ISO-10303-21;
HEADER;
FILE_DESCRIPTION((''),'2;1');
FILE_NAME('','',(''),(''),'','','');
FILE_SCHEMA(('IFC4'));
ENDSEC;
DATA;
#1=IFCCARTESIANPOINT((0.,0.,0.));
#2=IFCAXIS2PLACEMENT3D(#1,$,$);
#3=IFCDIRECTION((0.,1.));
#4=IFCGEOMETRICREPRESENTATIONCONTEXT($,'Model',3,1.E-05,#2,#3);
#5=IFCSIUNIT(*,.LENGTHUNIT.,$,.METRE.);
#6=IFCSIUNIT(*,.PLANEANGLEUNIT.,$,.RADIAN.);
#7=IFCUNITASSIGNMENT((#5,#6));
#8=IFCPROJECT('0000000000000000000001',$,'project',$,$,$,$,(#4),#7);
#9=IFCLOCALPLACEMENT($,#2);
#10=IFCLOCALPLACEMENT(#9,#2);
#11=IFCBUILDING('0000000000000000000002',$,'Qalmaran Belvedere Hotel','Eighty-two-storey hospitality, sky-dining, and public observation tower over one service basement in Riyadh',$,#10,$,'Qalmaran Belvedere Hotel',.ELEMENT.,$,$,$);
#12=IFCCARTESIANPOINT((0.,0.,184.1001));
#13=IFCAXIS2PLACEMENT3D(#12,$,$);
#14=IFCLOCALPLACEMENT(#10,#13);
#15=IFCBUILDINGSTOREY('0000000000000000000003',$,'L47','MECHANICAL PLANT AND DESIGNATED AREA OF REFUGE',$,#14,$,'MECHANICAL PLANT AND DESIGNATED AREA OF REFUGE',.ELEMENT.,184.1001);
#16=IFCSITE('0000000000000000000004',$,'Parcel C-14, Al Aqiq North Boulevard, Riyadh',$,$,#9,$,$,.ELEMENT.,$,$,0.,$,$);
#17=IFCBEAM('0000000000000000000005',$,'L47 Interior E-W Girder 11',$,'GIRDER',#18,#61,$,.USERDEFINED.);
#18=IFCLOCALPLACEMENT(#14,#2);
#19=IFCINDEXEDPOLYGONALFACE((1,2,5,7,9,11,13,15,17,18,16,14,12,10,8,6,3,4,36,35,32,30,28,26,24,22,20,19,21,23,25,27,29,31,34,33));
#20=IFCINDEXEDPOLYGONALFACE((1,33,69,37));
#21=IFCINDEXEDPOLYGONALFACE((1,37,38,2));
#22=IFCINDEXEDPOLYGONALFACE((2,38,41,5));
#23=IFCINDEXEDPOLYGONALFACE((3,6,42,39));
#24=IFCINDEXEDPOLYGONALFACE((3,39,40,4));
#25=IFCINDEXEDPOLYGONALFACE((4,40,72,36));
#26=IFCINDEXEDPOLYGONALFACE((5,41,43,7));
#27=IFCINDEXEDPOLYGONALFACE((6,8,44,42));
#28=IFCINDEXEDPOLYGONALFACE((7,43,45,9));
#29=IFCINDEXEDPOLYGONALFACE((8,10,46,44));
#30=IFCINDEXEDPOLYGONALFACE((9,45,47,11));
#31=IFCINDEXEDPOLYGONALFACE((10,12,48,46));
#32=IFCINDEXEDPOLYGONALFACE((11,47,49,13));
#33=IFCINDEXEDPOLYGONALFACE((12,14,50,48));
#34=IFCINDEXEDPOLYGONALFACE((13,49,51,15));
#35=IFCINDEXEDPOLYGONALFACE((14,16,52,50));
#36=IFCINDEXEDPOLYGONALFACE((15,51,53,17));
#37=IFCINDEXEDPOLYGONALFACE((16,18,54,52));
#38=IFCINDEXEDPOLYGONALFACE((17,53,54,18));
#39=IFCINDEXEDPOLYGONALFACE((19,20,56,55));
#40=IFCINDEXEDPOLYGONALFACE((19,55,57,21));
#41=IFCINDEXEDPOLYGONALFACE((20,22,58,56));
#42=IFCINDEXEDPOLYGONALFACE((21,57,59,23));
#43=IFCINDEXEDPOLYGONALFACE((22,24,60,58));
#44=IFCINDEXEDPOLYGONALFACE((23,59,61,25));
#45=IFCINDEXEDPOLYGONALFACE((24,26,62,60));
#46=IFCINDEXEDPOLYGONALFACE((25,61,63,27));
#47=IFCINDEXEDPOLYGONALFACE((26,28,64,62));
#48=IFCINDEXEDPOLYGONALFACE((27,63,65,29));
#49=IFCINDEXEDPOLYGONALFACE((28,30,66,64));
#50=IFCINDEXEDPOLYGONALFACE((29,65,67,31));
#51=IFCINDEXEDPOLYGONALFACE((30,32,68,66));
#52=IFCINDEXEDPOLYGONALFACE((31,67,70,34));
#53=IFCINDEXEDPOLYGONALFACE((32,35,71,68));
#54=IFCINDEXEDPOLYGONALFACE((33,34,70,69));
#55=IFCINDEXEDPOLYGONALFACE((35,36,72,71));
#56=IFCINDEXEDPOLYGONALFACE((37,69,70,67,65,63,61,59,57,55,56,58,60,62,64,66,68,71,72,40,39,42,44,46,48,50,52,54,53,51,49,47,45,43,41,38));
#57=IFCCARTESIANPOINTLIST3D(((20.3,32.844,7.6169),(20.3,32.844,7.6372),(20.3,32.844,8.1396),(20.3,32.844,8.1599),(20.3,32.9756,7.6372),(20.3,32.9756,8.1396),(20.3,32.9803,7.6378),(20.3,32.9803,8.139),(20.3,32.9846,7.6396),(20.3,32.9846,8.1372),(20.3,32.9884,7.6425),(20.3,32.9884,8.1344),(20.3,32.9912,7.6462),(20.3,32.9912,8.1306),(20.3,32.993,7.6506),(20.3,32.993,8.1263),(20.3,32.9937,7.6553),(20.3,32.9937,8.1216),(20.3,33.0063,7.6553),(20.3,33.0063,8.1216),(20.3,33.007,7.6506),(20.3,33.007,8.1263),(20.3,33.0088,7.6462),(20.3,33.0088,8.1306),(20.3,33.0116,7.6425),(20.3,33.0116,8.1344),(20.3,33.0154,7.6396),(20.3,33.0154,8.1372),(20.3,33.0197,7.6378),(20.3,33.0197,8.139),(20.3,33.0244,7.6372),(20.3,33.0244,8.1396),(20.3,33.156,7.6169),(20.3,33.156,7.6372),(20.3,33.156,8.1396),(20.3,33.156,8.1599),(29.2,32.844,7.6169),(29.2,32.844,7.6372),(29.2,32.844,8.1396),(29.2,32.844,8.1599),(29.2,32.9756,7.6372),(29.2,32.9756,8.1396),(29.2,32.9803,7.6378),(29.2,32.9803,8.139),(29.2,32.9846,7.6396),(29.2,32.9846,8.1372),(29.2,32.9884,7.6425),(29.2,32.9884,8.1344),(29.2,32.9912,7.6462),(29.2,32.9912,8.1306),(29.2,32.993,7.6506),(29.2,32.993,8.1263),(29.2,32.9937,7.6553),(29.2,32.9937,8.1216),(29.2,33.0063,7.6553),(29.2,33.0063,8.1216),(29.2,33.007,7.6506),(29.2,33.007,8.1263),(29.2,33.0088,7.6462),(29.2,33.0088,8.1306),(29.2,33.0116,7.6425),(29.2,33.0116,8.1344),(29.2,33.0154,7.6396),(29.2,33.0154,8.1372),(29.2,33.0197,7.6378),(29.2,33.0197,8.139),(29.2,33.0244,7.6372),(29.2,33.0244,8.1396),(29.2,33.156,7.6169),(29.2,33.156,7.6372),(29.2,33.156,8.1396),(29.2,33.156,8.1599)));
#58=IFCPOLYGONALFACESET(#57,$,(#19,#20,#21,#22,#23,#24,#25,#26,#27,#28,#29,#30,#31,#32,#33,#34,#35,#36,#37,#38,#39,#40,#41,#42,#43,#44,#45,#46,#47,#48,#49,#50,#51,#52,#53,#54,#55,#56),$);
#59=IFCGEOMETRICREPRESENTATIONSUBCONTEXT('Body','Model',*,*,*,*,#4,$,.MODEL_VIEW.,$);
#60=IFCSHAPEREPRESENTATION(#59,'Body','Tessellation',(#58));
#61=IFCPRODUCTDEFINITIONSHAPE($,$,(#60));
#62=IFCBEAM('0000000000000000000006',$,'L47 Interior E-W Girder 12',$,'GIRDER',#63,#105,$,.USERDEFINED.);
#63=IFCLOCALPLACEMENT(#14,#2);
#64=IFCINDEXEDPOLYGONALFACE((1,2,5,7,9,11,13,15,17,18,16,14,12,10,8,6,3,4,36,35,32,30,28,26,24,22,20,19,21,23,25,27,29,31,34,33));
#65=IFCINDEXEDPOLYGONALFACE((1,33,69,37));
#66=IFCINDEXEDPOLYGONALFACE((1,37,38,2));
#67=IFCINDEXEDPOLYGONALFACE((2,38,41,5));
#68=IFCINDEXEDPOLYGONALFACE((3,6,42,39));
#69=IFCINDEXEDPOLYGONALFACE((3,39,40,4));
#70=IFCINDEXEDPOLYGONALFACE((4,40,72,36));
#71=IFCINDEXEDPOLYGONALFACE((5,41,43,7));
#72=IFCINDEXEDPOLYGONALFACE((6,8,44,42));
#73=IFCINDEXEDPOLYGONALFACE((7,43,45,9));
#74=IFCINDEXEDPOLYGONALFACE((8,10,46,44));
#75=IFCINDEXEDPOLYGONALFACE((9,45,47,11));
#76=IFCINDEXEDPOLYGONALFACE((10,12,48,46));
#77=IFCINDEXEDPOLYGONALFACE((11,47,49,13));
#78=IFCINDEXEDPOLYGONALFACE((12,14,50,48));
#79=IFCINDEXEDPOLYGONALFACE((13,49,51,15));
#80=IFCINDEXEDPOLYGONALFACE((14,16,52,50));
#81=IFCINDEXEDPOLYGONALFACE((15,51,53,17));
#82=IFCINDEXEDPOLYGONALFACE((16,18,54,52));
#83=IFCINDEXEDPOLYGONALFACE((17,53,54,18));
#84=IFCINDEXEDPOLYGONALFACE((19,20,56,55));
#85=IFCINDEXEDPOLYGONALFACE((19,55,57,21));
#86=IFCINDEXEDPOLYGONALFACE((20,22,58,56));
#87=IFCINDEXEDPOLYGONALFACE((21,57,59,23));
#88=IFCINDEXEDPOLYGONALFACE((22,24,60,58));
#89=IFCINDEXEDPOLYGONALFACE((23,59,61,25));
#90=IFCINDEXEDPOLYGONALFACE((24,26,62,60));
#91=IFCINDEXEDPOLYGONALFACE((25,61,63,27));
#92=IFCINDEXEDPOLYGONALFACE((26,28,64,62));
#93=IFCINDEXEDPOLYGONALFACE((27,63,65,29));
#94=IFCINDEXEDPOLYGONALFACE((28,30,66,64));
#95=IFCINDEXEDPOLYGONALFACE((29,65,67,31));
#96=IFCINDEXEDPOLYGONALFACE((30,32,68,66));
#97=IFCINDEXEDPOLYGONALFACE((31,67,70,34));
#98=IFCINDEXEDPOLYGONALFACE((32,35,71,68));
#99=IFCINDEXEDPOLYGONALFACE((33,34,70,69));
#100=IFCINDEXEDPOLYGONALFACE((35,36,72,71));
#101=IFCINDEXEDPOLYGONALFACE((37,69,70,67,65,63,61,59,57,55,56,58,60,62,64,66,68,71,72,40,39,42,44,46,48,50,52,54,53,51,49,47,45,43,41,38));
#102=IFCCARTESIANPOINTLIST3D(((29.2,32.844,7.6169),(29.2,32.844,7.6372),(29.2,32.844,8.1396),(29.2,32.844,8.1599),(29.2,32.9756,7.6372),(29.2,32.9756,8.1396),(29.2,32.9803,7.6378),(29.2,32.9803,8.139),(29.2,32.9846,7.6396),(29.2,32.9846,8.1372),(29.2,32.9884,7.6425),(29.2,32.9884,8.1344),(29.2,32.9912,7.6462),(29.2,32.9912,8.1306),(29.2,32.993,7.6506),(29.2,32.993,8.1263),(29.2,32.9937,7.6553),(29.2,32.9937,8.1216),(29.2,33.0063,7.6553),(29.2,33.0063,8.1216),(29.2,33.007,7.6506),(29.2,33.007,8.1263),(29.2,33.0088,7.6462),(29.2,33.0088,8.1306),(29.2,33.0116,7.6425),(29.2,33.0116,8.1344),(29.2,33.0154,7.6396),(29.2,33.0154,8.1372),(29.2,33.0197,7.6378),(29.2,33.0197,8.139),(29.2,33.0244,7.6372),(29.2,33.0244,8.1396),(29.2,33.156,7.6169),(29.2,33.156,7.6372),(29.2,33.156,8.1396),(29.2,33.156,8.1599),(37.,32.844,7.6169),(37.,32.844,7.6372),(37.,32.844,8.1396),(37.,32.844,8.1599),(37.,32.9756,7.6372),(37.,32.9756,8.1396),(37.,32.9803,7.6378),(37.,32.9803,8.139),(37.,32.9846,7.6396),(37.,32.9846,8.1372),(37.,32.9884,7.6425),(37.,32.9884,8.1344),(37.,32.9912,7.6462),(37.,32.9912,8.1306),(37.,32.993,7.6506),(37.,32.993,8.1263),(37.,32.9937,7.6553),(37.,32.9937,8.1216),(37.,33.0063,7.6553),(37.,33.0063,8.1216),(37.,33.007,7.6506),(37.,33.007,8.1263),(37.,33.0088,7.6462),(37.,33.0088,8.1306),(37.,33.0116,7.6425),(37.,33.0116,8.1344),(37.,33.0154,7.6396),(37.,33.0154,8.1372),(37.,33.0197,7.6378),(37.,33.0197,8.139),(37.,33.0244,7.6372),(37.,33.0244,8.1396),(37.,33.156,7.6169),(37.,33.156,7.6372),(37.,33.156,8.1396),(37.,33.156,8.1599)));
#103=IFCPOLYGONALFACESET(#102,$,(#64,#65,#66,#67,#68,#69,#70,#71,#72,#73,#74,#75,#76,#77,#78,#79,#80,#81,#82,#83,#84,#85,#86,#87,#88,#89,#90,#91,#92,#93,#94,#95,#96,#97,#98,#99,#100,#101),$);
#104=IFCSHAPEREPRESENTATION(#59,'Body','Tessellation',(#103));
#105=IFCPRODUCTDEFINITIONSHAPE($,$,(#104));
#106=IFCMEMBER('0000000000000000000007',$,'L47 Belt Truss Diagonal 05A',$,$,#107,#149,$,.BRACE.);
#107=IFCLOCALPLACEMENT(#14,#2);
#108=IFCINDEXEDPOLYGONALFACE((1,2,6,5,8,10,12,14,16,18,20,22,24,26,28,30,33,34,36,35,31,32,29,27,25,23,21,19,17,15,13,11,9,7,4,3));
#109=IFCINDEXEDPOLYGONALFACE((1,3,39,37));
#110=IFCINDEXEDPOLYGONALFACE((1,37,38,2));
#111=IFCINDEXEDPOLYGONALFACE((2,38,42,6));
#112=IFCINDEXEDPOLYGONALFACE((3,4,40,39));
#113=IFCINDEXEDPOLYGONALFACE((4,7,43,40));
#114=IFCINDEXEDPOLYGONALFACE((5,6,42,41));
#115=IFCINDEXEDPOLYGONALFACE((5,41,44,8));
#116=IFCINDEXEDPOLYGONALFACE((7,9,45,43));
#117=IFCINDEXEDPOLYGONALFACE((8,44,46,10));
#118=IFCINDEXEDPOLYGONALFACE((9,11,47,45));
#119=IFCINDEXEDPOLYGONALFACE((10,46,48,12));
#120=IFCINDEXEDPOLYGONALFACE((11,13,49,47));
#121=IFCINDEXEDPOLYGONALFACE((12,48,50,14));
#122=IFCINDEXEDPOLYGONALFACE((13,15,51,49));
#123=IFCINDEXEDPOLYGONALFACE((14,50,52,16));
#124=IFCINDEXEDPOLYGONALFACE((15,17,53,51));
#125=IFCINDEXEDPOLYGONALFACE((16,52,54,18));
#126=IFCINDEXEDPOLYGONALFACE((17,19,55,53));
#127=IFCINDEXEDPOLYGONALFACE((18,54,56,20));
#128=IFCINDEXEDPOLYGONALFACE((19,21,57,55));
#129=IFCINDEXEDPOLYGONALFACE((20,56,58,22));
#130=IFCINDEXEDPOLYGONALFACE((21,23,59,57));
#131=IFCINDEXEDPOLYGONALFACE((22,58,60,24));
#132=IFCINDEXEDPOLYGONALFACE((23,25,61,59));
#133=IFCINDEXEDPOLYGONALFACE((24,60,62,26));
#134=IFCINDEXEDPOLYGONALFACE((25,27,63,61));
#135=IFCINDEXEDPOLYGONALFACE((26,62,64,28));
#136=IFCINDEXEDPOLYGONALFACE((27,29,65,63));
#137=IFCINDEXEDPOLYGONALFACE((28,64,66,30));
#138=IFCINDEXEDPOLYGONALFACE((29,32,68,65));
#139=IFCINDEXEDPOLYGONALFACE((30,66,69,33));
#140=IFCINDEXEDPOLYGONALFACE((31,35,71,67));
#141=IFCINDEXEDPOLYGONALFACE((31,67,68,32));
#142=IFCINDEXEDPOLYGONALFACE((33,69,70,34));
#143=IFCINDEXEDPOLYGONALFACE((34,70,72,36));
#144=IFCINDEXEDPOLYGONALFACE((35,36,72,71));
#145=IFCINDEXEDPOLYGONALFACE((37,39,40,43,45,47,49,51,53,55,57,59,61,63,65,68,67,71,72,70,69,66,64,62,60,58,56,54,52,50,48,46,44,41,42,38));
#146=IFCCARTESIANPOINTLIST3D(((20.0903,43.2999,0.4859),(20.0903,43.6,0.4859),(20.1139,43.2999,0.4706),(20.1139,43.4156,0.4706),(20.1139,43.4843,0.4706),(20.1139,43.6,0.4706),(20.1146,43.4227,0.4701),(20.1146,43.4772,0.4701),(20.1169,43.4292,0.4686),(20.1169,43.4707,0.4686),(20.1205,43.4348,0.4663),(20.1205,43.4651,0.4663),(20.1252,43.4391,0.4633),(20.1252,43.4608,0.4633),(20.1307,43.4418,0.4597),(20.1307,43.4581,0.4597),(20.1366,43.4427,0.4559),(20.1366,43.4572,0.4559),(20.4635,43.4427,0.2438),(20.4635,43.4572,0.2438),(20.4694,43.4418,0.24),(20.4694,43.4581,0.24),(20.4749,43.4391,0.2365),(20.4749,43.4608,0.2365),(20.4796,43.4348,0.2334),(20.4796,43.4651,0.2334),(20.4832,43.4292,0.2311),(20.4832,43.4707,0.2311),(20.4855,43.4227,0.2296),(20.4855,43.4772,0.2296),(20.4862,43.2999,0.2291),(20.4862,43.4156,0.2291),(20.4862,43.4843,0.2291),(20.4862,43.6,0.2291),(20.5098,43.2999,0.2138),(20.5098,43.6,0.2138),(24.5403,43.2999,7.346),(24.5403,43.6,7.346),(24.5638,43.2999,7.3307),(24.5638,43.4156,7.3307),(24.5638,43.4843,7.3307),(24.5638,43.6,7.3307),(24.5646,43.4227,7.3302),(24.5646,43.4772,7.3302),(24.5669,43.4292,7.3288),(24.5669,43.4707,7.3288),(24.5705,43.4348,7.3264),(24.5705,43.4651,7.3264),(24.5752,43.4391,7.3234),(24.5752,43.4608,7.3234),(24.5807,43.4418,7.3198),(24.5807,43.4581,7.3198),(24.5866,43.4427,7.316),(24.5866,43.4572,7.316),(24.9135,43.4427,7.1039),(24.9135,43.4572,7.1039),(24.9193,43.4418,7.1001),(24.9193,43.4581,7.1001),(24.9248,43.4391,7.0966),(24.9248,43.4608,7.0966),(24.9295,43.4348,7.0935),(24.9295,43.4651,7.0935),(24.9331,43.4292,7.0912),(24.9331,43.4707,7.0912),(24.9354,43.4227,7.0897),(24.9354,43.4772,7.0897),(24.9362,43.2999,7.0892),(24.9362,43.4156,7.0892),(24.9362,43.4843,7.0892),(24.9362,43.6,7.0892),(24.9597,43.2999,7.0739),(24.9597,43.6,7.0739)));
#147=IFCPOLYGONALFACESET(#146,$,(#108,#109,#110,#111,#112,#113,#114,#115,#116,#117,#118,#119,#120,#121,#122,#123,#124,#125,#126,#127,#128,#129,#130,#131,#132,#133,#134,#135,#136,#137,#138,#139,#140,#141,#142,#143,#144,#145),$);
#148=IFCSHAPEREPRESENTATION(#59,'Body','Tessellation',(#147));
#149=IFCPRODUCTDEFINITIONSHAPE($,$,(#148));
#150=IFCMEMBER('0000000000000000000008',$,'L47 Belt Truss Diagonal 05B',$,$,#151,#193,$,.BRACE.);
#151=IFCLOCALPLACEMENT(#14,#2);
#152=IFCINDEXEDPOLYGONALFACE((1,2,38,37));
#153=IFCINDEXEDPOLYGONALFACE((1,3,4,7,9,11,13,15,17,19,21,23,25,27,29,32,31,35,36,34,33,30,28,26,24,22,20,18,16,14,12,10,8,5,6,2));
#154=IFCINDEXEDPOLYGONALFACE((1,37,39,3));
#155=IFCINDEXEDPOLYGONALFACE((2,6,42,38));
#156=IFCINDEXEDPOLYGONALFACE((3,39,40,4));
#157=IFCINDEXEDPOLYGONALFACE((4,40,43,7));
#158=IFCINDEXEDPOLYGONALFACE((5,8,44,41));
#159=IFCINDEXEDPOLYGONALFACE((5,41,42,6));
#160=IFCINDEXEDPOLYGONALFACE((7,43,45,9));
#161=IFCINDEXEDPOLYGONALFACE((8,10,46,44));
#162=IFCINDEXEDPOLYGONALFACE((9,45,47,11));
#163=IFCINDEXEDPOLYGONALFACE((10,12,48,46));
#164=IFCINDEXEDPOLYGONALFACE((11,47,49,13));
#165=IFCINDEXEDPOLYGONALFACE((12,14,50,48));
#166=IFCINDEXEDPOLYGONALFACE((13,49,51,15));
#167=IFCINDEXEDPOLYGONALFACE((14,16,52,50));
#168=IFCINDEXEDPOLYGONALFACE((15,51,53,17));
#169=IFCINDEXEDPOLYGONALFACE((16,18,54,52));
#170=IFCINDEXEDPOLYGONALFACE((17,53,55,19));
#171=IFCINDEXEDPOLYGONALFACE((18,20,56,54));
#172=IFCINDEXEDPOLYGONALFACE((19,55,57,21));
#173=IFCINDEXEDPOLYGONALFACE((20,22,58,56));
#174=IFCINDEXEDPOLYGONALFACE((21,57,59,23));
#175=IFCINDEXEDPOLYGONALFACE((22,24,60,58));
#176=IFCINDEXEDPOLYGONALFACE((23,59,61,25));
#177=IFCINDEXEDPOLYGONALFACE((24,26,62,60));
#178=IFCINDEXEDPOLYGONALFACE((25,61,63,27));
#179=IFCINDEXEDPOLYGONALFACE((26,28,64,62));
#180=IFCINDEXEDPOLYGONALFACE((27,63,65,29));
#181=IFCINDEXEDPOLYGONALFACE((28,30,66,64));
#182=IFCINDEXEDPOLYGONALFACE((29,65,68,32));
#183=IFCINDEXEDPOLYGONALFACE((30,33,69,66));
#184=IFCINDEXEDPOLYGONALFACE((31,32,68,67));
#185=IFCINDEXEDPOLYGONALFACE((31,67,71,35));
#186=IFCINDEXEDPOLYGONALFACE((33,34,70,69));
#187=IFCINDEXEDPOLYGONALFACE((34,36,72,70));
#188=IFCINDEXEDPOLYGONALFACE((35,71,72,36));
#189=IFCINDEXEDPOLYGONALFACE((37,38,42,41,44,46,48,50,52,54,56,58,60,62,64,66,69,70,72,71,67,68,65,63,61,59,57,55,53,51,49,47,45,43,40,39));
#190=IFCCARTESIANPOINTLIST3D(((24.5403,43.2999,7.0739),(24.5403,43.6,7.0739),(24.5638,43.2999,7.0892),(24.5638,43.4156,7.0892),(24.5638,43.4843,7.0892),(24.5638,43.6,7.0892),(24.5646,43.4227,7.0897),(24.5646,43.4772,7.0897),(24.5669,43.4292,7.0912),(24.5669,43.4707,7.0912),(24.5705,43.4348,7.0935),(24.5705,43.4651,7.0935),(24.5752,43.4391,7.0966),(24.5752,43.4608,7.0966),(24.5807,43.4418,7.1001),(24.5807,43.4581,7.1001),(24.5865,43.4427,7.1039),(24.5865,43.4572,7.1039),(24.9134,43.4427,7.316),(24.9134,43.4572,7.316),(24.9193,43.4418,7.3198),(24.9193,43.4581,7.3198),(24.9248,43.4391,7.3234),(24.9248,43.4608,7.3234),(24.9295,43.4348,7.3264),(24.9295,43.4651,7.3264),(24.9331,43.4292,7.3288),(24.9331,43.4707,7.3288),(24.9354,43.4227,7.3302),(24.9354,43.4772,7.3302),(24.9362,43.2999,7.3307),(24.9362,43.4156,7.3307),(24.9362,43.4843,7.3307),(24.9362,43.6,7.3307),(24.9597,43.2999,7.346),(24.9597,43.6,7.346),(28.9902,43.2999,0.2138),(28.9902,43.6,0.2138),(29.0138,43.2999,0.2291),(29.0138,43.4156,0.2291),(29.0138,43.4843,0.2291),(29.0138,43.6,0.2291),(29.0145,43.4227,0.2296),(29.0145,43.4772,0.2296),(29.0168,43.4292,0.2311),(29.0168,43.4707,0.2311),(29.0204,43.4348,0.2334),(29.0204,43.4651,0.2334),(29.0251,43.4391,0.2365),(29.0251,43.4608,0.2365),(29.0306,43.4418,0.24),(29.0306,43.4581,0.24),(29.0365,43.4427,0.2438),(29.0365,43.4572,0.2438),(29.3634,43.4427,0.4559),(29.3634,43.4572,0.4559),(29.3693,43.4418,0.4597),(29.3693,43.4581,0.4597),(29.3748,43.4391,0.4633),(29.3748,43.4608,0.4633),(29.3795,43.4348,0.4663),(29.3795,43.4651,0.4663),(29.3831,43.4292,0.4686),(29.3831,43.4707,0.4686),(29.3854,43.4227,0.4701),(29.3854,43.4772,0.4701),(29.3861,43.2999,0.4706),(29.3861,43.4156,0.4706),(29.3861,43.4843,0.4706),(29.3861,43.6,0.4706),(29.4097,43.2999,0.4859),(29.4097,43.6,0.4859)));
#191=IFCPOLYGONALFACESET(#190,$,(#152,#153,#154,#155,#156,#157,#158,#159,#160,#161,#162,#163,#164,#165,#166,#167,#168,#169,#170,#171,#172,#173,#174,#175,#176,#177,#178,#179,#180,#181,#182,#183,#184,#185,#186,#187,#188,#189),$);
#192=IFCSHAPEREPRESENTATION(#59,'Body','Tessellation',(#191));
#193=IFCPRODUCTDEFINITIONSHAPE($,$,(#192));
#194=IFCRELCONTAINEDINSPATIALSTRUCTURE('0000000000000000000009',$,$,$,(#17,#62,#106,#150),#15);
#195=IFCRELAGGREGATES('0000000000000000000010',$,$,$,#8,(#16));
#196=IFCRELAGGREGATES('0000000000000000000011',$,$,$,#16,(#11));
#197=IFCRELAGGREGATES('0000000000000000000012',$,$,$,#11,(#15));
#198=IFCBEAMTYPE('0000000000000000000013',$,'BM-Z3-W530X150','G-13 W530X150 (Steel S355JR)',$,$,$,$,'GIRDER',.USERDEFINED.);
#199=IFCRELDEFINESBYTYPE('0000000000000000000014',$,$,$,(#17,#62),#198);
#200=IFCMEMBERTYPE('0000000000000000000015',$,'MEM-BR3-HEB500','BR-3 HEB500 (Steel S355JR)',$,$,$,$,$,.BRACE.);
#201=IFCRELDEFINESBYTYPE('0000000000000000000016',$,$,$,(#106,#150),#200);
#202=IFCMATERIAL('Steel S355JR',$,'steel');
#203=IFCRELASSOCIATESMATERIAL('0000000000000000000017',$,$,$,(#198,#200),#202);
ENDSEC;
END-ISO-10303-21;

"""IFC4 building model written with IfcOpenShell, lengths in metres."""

from ifc_helpers import new_model, si_unit, direction, frame, origin, origin_2d, place, context, subcontext, project, spatial, i_section, extrude, material, material_profile, profile_set, type_object, element, save


model = new_model("IFC4")

# Units and contexts
model_context = context("Model", 3, precision=1e-05, world=origin(), true_north=direction((0.0, 1.0)))
body_context = subcontext(model_context, "Body", "Model", "MODEL_VIEW")
ifc_project = project(units=[si_unit("LENGTHUNIT", "METRE"), si_unit("PLANEANGLEUNIT", "RADIAN")], contexts=[model_context])

# Site, building, storey
site_placement = place(None, origin())
site = spatial("IfcSite", under=ifc_project, at=site_placement, Name="Parcel C-14, Al Aqiq North Boulevard, Riyadh", CompositionType="ELEMENT", RefElevation=0.0)
building_placement = place(site_placement, origin())
building = spatial("IfcBuilding", under=site, at=building_placement, Name="Qalmaran Belvedere Hotel", Description="Eighty-two-storey hospitality, sky-dining, and public observation tower over one service basement in Riyadh", LongName="Qalmaran Belvedere Hotel", CompositionType="ELEMENT")
storey_placement = place(building_placement, frame((0.0, 0.0, 184.1001)))
storey = spatial("IfcBuildingStorey", under=building, at=storey_placement, Name="L47", Description="MECHANICAL PLANT AND DESIGNATED AREA OF REFUGE", LongName="MECHANICAL PLANT AND DESIGNATED AREA OF REFUGE", CompositionType="ELEMENT", Elevation=184.1001)

# Beams
ifc_material_1 = material(Name="Steel S355JR", Category="steel")
ifc_material_profile_1 = material_profile(ifc_material_1, i_section(OverallWidth=0.312, OverallDepth=0.543, WebThickness=0.0127, FlangeThickness=0.0203, FilletRadius=0.0181, at=origin_2d()), Name="W530X150")
ifc_profile_set_1 = profile_set([ifc_material_profile_1], Name="Steel S355JR")
beam_type_1 = type_object("IfcBeamType", Name="BM-Z3-W530X150", Description="G-13 W530X150 (Steel S355JR)", ElementType="GIRDER", PredefinedType="USERDEFINED", material=ifc_profile_set_1)
beam_1_placement = place(storey_placement, frame((20.3, 33.0, 7.8884), z_axis=(1.0, 0.0, 0.0), x_axis=(0.0, 1.0, 0.0)))
element("IfcBeam", 1, at=beam_1_placement, inside=storey, type_object=beam_type_1, Name="L47 Interior E-W Girder 11", ObjectType="GIRDER", PredefinedType="USERDEFINED", context=body_context, shape_type="SweptSolid", body=[
    extrude(i_section(OverallWidth=0.312, OverallDepth=0.543, WebThickness=0.0127, FlangeThickness=0.0203, FilletRadius=0.0181, at=origin_2d()), origin(), (0.0, 0.0, 1.0), 8.8999),
])
beam_2_placement = place(storey_placement, frame((29.2, 33.0, 7.8884), z_axis=(1.0, 0.0, 0.0), x_axis=(0.0, 1.0, 0.0)))
element("IfcBeam", 2, at=beam_2_placement, inside=storey, type_object=beam_type_1, Name="L47 Interior E-W Girder 12", ObjectType="GIRDER", PredefinedType="USERDEFINED", context=body_context, shape_type="SweptSolid", body=[
    extrude(i_section(OverallWidth=0.312, OverallDepth=0.543, WebThickness=0.0127, FlangeThickness=0.0203, FilletRadius=0.0181, at=origin_2d()), origin(), (0.0, 0.0, 1.0), 7.8),
])

# Members
ifc_material_profile_2 = material_profile(ifc_material_1, i_section(OverallWidth=0.3, OverallDepth=0.5, WebThickness=0.0144, FlangeThickness=0.0281, FilletRadius=0.0271, at=origin_2d()), Name="HEB500")
ifc_profile_set_2 = profile_set([ifc_material_profile_2], Name="Steel S355JR")
member_type_1 = type_object("IfcMemberType", Name="MEM-BR3-HEB500", Description="BR-3 HEB500 (Steel S355JR)", PredefinedType="BRACE", material=ifc_profile_set_2)
for number, where, z_axis, x_axis, name in (
    (3, (20.3, 43.45, 0.3499), (0.544204, 0.0, 0.838953), (0.0, 1.0, 0.0), "L47 Belt Truss Diagonal 05A"),
    (4, (29.2, 43.45, 0.3499), (-0.544204, 0.0, 0.838953), (0.0, -1.0, 0.0), "L47 Belt Truss Diagonal 05B"),
):
    element("IfcMember", number, at=place(storey_placement, frame(where, z_axis=z_axis, x_axis=x_axis)), inside=storey, type_object=member_type_1, Name=name, PredefinedType="BRACE", context=body_context, shape_type="SweptSolid", body=[
        extrude(i_section(OverallWidth=0.3, OverallDepth=0.5, WebThickness=0.0144, FlangeThickness=0.0281, FilletRadius=0.0271, at=origin_2d()), origin(), (0.0, 0.0, 1.0), 8.177),
    ])

save(model, "model.ifc")
